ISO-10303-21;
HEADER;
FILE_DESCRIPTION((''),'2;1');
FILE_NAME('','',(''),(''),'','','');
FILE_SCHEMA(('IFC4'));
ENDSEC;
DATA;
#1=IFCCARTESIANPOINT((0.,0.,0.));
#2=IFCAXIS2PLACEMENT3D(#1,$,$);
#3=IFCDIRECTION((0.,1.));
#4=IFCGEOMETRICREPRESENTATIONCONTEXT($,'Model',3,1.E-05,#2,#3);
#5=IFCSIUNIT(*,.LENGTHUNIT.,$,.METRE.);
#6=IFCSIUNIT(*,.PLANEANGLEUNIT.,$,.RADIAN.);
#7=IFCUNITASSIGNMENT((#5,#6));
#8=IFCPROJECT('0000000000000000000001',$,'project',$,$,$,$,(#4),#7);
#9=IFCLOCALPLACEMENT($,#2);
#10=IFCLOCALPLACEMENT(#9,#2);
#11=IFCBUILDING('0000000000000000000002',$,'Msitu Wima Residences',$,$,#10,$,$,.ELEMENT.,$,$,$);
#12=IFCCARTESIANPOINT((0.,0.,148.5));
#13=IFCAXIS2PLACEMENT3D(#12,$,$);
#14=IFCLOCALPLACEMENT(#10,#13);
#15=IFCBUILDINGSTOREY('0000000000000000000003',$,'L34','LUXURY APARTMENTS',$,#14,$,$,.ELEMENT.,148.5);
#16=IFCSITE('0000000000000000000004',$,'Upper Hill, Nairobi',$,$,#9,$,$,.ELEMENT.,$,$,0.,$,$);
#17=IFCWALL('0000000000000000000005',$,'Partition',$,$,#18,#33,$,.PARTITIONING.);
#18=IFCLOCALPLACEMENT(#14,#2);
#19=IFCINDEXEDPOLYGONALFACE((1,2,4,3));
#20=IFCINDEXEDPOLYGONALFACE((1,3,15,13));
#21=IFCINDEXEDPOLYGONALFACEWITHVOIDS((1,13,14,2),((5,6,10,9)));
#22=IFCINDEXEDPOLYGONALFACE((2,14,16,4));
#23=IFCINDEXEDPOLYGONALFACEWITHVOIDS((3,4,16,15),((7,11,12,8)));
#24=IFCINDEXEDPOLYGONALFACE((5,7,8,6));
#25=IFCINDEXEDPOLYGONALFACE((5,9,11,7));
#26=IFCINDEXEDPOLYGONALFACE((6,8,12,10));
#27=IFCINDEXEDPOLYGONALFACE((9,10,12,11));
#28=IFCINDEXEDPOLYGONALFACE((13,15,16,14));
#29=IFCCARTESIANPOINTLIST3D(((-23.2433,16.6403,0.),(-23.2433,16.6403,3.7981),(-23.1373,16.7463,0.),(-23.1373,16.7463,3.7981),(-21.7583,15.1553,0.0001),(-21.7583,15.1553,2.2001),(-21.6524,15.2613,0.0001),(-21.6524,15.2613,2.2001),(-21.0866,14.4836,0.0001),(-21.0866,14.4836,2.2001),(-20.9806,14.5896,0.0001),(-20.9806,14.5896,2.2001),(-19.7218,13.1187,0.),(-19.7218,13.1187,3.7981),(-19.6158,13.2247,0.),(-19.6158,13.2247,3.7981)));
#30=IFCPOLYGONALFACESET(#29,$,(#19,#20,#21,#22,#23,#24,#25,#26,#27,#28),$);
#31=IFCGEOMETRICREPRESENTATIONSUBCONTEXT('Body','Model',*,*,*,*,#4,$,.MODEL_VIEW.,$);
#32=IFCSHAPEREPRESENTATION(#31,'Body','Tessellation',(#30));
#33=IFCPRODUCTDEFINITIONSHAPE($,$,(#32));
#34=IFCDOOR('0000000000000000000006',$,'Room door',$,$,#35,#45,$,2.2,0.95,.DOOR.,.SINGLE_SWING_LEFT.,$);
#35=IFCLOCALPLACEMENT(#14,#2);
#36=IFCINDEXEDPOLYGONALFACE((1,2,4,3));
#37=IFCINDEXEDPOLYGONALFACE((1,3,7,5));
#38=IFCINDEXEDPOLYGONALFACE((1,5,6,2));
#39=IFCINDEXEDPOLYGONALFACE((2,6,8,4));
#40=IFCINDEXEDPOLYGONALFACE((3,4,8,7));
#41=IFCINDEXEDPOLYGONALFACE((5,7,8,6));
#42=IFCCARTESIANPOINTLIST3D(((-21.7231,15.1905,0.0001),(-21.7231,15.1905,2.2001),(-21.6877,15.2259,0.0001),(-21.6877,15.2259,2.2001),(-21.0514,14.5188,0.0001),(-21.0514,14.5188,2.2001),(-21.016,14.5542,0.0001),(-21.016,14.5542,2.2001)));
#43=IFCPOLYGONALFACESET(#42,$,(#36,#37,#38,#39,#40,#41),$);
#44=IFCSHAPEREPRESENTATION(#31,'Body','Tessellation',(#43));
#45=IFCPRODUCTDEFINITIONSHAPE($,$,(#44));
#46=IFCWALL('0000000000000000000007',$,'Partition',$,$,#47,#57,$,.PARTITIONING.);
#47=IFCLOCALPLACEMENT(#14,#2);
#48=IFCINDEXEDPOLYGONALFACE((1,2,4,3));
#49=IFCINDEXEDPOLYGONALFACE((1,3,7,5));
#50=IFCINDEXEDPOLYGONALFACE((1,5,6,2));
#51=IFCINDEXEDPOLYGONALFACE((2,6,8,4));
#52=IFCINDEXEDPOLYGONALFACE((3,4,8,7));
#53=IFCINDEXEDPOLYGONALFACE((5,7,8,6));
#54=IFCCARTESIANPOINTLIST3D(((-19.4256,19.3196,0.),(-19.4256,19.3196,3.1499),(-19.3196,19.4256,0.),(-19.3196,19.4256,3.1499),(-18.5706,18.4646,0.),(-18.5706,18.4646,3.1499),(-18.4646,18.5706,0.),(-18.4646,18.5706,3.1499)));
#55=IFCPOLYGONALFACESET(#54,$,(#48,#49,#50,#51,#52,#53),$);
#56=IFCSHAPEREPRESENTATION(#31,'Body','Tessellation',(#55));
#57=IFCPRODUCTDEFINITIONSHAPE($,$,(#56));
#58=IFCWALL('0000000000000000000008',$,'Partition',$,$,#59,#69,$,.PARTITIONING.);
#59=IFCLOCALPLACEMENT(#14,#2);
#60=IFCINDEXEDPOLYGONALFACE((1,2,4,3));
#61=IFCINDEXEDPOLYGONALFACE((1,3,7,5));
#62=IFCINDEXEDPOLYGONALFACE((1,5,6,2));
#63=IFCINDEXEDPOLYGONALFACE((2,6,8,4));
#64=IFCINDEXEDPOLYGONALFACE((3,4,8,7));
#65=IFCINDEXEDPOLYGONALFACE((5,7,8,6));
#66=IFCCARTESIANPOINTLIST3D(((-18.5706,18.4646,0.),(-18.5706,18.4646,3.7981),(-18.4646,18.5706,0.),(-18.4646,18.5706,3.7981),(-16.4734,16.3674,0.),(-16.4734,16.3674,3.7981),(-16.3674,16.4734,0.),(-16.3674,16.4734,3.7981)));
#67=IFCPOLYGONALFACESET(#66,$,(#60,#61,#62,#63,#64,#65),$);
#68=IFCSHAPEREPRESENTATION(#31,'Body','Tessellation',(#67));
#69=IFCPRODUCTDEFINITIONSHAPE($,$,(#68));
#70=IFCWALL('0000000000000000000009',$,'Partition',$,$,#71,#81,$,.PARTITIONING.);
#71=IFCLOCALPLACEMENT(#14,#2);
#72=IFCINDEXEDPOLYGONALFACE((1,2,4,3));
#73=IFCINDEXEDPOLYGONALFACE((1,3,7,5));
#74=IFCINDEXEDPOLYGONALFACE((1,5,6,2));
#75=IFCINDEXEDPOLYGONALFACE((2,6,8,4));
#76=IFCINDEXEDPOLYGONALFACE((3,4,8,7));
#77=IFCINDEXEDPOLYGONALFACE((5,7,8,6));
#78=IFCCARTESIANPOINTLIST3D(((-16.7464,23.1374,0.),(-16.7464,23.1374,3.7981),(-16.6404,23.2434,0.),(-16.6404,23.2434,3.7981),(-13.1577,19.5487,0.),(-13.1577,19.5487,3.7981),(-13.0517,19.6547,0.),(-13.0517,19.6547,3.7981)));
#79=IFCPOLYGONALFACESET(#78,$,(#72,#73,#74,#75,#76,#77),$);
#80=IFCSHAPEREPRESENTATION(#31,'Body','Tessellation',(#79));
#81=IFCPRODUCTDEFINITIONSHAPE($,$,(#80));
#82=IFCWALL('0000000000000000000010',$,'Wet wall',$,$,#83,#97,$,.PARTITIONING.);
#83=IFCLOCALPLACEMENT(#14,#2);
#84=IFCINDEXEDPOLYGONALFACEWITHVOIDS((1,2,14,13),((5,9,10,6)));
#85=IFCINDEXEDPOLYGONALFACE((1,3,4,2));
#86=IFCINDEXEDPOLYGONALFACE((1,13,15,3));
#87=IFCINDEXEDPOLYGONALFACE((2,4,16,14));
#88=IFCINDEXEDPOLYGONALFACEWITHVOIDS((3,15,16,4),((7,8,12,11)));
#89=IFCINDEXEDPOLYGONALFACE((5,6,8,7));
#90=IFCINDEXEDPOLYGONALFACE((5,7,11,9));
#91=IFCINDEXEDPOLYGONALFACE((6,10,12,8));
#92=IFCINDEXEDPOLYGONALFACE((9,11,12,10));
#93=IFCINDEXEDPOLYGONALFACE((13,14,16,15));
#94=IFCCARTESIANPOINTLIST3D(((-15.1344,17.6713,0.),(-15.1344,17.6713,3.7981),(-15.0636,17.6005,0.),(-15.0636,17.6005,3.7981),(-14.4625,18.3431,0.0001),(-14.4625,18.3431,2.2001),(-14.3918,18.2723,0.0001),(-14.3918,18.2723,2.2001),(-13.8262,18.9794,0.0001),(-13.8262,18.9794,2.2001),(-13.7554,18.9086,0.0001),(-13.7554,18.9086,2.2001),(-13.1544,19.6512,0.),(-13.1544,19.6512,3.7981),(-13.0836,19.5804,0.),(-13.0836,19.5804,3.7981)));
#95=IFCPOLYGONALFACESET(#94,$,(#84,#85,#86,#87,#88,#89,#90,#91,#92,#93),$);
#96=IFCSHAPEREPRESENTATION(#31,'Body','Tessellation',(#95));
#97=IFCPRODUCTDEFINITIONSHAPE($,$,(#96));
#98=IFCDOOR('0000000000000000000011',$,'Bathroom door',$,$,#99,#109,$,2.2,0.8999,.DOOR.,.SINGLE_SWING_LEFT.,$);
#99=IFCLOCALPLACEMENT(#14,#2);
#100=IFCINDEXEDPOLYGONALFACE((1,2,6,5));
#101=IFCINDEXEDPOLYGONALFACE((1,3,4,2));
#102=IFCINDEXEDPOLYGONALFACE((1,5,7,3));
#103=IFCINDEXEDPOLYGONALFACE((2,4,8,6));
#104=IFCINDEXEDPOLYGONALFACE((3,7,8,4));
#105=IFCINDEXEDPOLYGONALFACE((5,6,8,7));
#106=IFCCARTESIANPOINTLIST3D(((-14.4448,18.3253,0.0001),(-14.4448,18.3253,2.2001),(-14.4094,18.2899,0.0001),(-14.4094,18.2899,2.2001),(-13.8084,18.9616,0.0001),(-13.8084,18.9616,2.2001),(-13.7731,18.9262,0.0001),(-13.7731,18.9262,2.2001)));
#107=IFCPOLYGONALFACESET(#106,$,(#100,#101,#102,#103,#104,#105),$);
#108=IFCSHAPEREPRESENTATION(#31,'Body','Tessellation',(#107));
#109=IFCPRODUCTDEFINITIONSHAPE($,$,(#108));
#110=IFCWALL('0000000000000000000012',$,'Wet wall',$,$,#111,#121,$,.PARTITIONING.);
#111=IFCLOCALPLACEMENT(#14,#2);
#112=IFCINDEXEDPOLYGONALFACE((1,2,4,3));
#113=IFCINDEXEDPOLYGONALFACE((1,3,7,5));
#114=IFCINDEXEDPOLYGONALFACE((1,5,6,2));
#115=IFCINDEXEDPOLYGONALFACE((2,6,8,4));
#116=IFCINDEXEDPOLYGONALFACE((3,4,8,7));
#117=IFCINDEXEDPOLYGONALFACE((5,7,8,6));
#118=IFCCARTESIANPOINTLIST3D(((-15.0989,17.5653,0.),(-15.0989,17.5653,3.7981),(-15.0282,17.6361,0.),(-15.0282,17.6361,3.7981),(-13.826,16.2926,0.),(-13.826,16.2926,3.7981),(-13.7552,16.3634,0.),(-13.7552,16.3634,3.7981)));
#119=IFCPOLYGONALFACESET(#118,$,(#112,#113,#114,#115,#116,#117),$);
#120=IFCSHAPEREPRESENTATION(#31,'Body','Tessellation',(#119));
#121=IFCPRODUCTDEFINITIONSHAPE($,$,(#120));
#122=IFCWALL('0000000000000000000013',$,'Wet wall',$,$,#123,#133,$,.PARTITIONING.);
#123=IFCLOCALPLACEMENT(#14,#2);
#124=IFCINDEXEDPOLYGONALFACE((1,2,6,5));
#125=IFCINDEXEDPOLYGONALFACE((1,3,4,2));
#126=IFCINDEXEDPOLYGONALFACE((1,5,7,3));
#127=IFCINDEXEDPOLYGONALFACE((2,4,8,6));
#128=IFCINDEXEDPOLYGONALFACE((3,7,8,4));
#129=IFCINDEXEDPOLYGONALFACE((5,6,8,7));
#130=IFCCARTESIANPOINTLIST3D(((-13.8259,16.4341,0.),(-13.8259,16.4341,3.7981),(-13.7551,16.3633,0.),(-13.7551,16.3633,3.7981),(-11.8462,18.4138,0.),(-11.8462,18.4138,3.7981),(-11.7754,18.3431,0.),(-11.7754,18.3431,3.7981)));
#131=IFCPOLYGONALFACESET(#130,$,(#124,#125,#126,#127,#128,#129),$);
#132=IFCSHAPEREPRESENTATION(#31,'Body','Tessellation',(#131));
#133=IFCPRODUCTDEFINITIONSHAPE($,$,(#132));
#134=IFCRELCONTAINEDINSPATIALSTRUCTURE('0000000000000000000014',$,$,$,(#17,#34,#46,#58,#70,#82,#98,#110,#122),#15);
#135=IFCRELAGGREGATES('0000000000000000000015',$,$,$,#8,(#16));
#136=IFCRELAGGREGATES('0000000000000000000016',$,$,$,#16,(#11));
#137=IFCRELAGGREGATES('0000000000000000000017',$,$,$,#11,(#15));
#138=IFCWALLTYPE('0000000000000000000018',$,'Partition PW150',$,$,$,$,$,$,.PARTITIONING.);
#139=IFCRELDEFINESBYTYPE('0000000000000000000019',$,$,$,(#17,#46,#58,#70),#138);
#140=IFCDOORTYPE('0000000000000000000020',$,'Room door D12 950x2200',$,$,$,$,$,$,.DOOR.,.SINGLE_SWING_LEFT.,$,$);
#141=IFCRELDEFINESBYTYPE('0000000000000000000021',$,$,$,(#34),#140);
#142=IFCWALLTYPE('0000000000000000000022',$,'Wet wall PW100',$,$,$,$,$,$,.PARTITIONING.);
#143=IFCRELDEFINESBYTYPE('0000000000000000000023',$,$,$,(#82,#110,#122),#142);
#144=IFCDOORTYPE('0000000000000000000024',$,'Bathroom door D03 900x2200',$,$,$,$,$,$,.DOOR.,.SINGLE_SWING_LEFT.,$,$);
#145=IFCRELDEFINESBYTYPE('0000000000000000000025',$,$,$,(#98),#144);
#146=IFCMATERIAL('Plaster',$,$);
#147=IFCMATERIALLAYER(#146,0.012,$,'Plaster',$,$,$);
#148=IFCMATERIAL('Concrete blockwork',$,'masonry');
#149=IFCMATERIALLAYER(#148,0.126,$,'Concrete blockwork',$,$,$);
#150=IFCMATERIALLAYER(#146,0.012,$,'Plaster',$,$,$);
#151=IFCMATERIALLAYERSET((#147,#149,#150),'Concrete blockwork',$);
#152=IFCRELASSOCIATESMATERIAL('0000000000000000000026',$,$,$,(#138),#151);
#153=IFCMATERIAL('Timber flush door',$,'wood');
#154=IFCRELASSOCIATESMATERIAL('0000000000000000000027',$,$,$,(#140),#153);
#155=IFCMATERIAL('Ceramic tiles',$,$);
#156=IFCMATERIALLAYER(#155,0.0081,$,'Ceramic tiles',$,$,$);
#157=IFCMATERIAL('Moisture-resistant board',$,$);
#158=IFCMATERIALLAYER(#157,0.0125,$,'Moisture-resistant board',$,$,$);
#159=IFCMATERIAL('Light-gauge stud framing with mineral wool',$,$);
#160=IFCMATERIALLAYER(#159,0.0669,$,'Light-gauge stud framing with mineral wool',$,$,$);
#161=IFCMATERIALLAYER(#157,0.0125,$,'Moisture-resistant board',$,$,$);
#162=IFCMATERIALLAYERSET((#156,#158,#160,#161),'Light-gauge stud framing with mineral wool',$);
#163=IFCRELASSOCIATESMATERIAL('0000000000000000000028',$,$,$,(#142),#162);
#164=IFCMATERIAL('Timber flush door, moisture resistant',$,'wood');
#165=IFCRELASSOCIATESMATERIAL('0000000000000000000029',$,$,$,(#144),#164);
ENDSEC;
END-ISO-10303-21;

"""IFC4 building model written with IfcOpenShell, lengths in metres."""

from ifc_helpers import new_model, si_unit, direction, frame, frame_2d, origin, place, context, subcontext, project, spatial, rectangle, extrude, material, layer, layer_set, type_object, element, fill, save


model = new_model("IFC4")

# Units and contexts
model_context = context("Model", 3, precision=1e-05, world=origin(), true_north=direction((0.0, 1.0)))
body_context = subcontext(model_context, "Body", "Model", "MODEL_VIEW")
ifc_project = project(units=[si_unit("LENGTHUNIT", "METRE"), si_unit("PLANEANGLEUNIT", "RADIAN")], contexts=[model_context])

# Site, building, storey
site_placement = place(None, origin())
site = spatial("IfcSite", under=ifc_project, at=site_placement, Name="Upper Hill, Nairobi", CompositionType="ELEMENT", RefElevation=0.0)
building_placement = place(site_placement, origin())
building = spatial("IfcBuilding", under=site, at=building_placement, Name="Msitu Wima Residences", CompositionType="ELEMENT")
storey_placement = place(building_placement, frame((0.0, 0.0, 148.5)))
storey = spatial("IfcBuildingStorey", under=building, at=storey_placement, Name="L34", Description="LUXURY APARTMENTS", CompositionType="ELEMENT", Elevation=148.5)

# Wall, opening, door
ifc_material_1 = material(Name="Plaster")
ifc_material_2 = material(Name="Concrete blockwork", Category="masonry")
ifc_layer_1 = layer(ifc_material_1, 0.012, Name="Plaster")
ifc_layer_2 = layer(ifc_material_2, 0.126, Name="Concrete blockwork")
ifc_layer_3 = layer(ifc_material_1, 0.012, Name="Plaster")
ifc_layer_set_1 = layer_set([ifc_layer_1, ifc_layer_2, ifc_layer_3], Name="Concrete blockwork")
wall_type_1 = type_object("IfcWallType", Name="Partition PW150", PredefinedType="PARTITIONING", material=ifc_layer_set_1)
wall_1_placement = place(storey_placement, frame((-23.1904, 16.6934, 0.0), z_axis=(0.0, 0.0, 1.0), x_axis=(0.707107, -0.707107, 0.0)))
wall_1 = element("IfcWall", 1, at=wall_1_placement, inside=storey, type_object=wall_type_1, Name="Partition", PredefinedType="PARTITIONING", context=body_context, shape_type="SweptSolid", body=[
    extrude(rectangle(XDim=4.9802, YDim=0.1499, at=frame_2d((2.4902, 0.0))), origin(), (0.0, 0.0, 1.0), 3.7981),
])
opening_1_placement = place(wall_1_placement, frame((2.1001, 0.0, 0.0)))
opening_1 = element("IfcOpeningElement", 2, at=opening_1_placement, cuts=wall_1, PredefinedType="OPENING", context=body_context, shape_type="SweptSolid", body=[
    extrude(rectangle(XDim=0.95, YDim=2.2, at=frame_2d((0.4751, 1.1001))), frame((0.0, 0.085, 0.0), z_axis=(0.0, -1.0, 0.0), x_axis=(1.0, 0.0, 0.0)), (0.0, 0.0, 1.0), 0.1699),
])
ifc_material_3 = material(Name="Timber flush door", Category="wood")
door_type_1 = type_object("IfcDoorType", Name="Room door D12 950x2200", OperationType="SINGLE_SWING_LEFT", PredefinedType="DOOR", material=ifc_material_3)
door_1_placement = place(opening_1_placement, origin())
door_1 = element("IfcDoor", 3, at=door_1_placement, inside=storey, type_object=door_type_1, Name="Room door", OperationType="SINGLE_SWING_LEFT", OverallHeight=2.2, OverallWidth=0.95, PredefinedType="DOOR", context=body_context, shape_type="SweptSolid", body=[
    extrude(rectangle(XDim=0.95, YDim=2.2, at=frame_2d((0.4751, 1.1001))), frame((0.0, 0.0249, 0.0), z_axis=(0.0, -1.0, 0.0), x_axis=(1.0, 0.0, 0.0)), (0.0, 0.0, 1.0), 0.05),
])
fill(opening_1, door_1)

# Walls
wall_2_placement = place(storey_placement, frame((-19.3726, 19.3726, 0.0), z_axis=(0.0, 0.0, 1.0), x_axis=(0.707107, -0.707107, 0.0)))
element("IfcWall", 4, at=wall_2_placement, inside=storey, type_object=wall_type_1, Name="Partition", PredefinedType="PARTITIONING", context=body_context, shape_type="SweptSolid", body=[
    extrude(rectangle(XDim=1.2092, YDim=0.1499, at=frame_2d((0.6045, 0.0))), origin(), (0.0, 0.0, 1.0), 3.1499),
])
wall_3_placement = place(storey_placement, frame((-18.5176, 18.5176, 0.0), z_axis=(0.0, 0.0, 1.0), x_axis=(0.707107, -0.707107, 0.0)))
element("IfcWall", 5, at=wall_3_placement, inside=storey, type_object=wall_type_1, Name="Partition", PredefinedType="PARTITIONING", context=body_context, shape_type="SweptSolid", body=[
    extrude(rectangle(XDim=2.9658, YDim=0.1499, at=frame_2d((1.4829, 0.0))), origin(), (0.0, 0.0, 1.0), 3.7981),
])
wall_4_placement = place(storey_placement, frame((-16.6934, 23.1904, 0.0), z_axis=(0.0, 0.0, 1.0), x_axis=(0.707107, -0.707107, 0.0)))
element("IfcWall", 6, at=wall_4_placement, inside=storey, type_object=wall_type_1, Name="Partition", PredefinedType="PARTITIONING", context=body_context, shape_type="SweptSolid", body=[
    extrude(rectangle(XDim=5.0752, YDim=0.1499, at=frame_2d((2.5376, 0.0))), origin(), (0.0, 0.0, 1.0), 3.7981),
])

# Wall, opening, door
ifc_material_4 = material(Name="Ceramic tiles")
ifc_layer_4 = layer(ifc_material_4, 0.0081, Name="Ceramic tiles")
ifc_material_5 = material(Name="Moisture-resistant board")
ifc_layer_5 = layer(ifc_material_5, 0.0125, Name="Moisture-resistant board")
ifc_material_6 = material(Name="Light-gauge stud framing with mineral wool")
ifc_layer_6 = layer(ifc_material_6, 0.0669, Name="Light-gauge stud framing with mineral wool")
ifc_layer_7 = layer(ifc_material_5, 0.0125, Name="Moisture-resistant board")
ifc_layer_set_2 = layer_set([ifc_layer_4, ifc_layer_5, ifc_layer_6, ifc_layer_7], Name="Light-gauge stud framing with mineral wool")
wall_type_2 = type_object("IfcWallType", Name="Wet wall PW100", PredefinedType="PARTITIONING", material=ifc_layer_set_2)
wall_5_placement = place(storey_placement, frame((-15.0989, 17.636, 0.0), z_axis=(0.0, 0.0, 1.0), x_axis=(0.707107, 0.707107, 0.0)))
wall_5 = element("IfcWall", 7, at=wall_5_placement, inside=storey, type_object=wall_type_2, Name="Wet wall", PredefinedType="PARTITIONING", context=body_context, shape_type="SweptSolid", body=[
    extrude(rectangle(XDim=2.8, YDim=0.1001, at=frame_2d((1.3999, 0.0))), origin(), (0.0, 0.0, 1.0), 3.7981),
])
opening_2_placement = place(wall_5_placement, frame((0.95, 0.0, 0.0)))
opening_2 = element("IfcOpeningElement", 8, at=opening_2_placement, cuts=wall_5, PredefinedType="OPENING", context=body_context, shape_type="SweptSolid", body=[
    extrude(rectangle(XDim=0.8999, YDim=2.2, at=frame_2d((0.45, 1.1001))), frame((0.0, 0.0601, 0.0), z_axis=(0.0, -1.0, 0.0), x_axis=(1.0, 0.0, 0.0)), (0.0, 0.0, 1.0), 0.1201),
])
ifc_material_7 = material(Name="Timber flush door, moisture resistant", Category="wood")
door_type_2 = type_object("IfcDoorType", Name="Bathroom door D03 900x2200", OperationType="SINGLE_SWING_LEFT", PredefinedType="DOOR", material=ifc_material_7)
door_2_placement = place(opening_2_placement, origin())
door_2 = element("IfcDoor", 9, at=door_2_placement, inside=storey, type_object=door_type_2, Name="Bathroom door", OperationType="SINGLE_SWING_LEFT", OverallHeight=2.2, OverallWidth=0.8999, PredefinedType="DOOR", context=body_context, shape_type="SweptSolid", body=[
    extrude(rectangle(XDim=0.8999, YDim=2.2, at=frame_2d((0.45, 1.1001))), frame((0.0, 0.0249, 0.0), z_axis=(0.0, -1.0, 0.0), x_axis=(1.0, 0.0, 0.0)), (0.0, 0.0, 1.0), 0.05),
])
fill(opening_2, door_2)

# Walls
wall_6_placement = place(storey_placement, frame((-15.0635, 17.6006, 0.0), z_axis=(0.0, 0.0, 1.0), x_axis=(0.707175, -0.707039, 0.0)))
element("IfcWall", 10, at=wall_6_placement, inside=storey, type_object=wall_type_2, Name="Wet wall", PredefinedType="PARTITIONING", context=body_context, shape_type="SweptSolid", body=[
    extrude(rectangle(XDim=1.8, YDim=0.1001, at=frame_2d((0.8999, 0.0))), origin(), (0.0, 0.0, 1.0), 3.7981),
])
wall_7_placement = place(storey_placement, frame((-13.7905, 16.3987, 0.0), z_axis=(0.0, 0.0, 1.0), x_axis=(0.707107, 0.707107, 0.0)))
element("IfcWall", 11, at=wall_7_placement, inside=storey, type_object=wall_type_2, Name="Wet wall", PredefinedType="PARTITIONING", context=body_context, shape_type="SweptSolid", body=[
    extrude(rectangle(XDim=2.7998, YDim=0.1001, at=frame_2d((1.3999, 0.0))), origin(), (0.0, 0.0, 1.0), 3.7981),
])

save(model, "model.ifc")
